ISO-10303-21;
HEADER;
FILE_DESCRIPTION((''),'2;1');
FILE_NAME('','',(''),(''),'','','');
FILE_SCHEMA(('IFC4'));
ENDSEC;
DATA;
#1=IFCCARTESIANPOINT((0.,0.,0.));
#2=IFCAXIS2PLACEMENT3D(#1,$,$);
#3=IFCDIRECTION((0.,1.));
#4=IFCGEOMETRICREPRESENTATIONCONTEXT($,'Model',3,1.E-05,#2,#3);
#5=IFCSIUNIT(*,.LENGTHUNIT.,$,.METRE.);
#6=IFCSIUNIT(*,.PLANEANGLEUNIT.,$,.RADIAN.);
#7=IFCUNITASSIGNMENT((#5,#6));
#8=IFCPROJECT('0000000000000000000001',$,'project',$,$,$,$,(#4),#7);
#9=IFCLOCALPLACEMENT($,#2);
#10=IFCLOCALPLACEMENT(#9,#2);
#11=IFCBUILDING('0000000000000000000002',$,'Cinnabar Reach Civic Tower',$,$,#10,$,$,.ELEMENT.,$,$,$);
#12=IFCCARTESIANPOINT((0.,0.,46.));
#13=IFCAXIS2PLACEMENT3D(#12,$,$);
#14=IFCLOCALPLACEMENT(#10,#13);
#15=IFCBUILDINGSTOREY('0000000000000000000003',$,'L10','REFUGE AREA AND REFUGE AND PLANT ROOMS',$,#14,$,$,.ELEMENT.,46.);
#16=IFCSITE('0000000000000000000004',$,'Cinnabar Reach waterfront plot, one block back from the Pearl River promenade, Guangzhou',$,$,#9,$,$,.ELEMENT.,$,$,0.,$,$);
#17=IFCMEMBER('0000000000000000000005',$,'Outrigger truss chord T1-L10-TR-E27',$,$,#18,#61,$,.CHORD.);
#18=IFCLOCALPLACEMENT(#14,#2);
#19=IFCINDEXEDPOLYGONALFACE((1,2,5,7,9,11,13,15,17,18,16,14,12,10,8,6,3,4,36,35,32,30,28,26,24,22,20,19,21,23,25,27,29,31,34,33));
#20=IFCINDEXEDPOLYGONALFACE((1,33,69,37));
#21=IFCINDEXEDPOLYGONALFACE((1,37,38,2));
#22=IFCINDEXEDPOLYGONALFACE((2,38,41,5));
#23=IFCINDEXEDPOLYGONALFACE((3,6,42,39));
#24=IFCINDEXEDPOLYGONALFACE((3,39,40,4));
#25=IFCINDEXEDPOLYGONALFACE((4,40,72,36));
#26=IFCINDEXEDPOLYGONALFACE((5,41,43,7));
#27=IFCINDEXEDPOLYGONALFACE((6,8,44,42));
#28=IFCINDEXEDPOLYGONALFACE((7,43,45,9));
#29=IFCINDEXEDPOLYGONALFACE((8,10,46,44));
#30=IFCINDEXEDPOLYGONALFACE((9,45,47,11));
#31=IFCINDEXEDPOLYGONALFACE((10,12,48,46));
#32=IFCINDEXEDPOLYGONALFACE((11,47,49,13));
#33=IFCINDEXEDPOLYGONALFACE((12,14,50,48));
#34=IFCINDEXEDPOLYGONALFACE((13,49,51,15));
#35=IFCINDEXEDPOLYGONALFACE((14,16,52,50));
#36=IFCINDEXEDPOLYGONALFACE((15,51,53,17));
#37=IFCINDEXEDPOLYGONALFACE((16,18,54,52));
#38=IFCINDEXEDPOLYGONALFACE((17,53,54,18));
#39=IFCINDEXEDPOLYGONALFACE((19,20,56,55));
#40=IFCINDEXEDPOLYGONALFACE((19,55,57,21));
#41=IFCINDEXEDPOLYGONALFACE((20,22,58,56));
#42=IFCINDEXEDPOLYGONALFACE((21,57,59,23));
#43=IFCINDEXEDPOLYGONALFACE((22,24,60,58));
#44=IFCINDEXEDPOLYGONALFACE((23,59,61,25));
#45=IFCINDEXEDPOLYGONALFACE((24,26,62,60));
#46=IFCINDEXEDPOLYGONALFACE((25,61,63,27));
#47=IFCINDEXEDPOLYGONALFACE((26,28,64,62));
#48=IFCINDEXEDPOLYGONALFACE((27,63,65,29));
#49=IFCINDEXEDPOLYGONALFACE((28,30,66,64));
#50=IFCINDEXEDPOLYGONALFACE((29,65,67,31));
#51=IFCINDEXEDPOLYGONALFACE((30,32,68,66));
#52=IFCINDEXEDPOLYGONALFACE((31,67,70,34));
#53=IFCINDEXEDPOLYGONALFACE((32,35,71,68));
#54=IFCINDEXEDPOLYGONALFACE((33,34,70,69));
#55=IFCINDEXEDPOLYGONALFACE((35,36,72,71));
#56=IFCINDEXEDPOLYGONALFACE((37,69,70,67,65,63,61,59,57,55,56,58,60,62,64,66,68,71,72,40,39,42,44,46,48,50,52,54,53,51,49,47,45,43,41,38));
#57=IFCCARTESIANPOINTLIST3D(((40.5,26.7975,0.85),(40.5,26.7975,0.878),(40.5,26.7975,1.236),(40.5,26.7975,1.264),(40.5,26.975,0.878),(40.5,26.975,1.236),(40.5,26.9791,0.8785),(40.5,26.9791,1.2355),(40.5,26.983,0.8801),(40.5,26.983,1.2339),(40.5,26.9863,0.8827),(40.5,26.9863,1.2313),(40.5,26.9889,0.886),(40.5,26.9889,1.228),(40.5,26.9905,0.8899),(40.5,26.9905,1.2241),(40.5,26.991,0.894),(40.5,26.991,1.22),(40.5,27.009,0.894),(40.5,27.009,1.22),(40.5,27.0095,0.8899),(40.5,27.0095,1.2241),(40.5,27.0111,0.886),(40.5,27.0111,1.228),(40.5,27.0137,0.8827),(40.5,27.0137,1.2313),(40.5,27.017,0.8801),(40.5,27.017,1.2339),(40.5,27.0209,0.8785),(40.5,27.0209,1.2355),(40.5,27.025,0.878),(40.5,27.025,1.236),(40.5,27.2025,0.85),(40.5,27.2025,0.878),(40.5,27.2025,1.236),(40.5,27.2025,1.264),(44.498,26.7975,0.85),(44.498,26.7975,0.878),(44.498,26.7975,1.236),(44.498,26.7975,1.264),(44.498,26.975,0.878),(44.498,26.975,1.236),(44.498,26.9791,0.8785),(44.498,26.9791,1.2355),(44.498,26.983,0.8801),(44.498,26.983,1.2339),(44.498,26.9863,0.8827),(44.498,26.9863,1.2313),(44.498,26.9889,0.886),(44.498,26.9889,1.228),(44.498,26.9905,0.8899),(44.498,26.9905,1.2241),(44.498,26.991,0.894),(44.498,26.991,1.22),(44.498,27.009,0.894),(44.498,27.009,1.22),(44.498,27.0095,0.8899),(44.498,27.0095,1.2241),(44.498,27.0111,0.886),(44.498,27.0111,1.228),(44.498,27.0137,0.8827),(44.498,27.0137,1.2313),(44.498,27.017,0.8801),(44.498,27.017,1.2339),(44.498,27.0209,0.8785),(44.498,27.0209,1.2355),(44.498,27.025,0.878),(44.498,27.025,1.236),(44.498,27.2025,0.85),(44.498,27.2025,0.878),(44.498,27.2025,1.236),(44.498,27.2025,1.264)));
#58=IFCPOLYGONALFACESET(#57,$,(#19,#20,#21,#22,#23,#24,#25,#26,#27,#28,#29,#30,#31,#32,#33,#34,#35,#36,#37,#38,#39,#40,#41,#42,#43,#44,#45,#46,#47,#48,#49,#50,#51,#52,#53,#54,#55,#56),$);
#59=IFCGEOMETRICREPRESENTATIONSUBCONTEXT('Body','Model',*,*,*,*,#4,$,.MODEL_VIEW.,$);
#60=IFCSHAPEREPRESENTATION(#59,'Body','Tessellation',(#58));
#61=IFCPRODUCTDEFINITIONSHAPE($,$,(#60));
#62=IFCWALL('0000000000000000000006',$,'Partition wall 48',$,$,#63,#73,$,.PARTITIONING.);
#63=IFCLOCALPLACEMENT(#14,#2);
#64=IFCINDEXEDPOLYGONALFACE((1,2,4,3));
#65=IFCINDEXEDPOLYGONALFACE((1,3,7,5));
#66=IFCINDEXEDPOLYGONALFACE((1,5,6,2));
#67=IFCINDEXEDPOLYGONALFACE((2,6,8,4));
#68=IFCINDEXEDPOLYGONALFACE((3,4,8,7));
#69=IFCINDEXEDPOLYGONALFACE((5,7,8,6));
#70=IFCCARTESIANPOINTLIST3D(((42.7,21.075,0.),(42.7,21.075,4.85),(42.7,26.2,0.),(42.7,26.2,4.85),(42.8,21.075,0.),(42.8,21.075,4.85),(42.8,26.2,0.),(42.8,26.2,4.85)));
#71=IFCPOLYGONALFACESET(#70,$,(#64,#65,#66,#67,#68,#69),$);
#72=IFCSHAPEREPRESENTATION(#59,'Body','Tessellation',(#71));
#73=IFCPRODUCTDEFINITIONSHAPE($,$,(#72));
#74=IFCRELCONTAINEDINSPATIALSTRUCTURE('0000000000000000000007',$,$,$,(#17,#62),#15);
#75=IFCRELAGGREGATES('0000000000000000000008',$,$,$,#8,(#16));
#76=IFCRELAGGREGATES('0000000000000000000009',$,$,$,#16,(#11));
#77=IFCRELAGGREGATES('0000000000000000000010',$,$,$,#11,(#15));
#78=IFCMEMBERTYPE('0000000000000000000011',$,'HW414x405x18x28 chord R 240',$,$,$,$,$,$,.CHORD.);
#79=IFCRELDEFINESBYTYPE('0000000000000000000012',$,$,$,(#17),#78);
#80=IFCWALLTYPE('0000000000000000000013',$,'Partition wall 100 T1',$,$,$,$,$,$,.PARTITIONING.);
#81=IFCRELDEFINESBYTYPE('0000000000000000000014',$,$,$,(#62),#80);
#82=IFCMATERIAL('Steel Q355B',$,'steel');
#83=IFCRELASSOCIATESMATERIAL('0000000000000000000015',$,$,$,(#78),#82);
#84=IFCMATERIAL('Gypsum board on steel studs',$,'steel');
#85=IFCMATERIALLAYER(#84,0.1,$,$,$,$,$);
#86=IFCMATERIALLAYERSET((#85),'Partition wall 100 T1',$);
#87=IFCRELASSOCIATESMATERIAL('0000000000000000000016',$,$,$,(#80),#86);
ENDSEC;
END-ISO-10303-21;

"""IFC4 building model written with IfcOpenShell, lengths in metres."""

from ifc_helpers import new_model, si_unit, direction, frame, frame_2d, origin, origin_2d, place, context, subcontext, project, spatial, rectangle, i_section, extrude, material, layer, layer_set, material_profile, profile_set, type_object, element, save


model = new_model("IFC4")

# Units and contexts
model_context = context("Model", 3, precision=1e-05, world=origin(), true_north=direction((0.0, 1.0)))
body_context = subcontext(model_context, "Body", "Model", "MODEL_VIEW")
ifc_project = project(units=[si_unit("LENGTHUNIT", "METRE"), si_unit("PLANEANGLEUNIT", "RADIAN")], contexts=[model_context])

# Site, building, storey
site_placement = place(None, origin())
site = spatial("IfcSite", under=ifc_project, at=site_placement, Name="Cinnabar Reach waterfront plot, one block back from the Pearl River promenade, Guangzhou", CompositionType="ELEMENT", RefElevation=0.0)
building_placement = place(site_placement, origin())
building = spatial("IfcBuilding", under=site, at=building_placement, Name="Cinnabar Reach Civic Tower", CompositionType="ELEMENT")
storey_placement = place(building_placement, frame((0.0, 0.0, 46.0)))
storey = spatial("IfcBuildingStorey", under=building, at=storey_placement, Name="L10", Description="REFUGE AREA AND REFUGE AND PLANT ROOMS", CompositionType="ELEMENT", Elevation=46.0)

# Shared definitions
ifc_material_1 = material(Name="Steel Q355B", Category="steel")

# Member
ifc_material_profile_1 = material_profile(ifc_material_1, i_section(OverallWidth=0.405, OverallDepth=0.414, WebThickness=0.018, FlangeThickness=0.028, FilletRadius=0.016, at=origin_2d()), Name="HW414x405x18x28")
ifc_profile_set_1 = profile_set([ifc_material_profile_1], Name="Steel Q355B")
member_type_1 = type_object("IfcMemberType", Name="HW414x405x18x28 chord R 240", PredefinedType="CHORD", material=ifc_profile_set_1)
for number, where, z_axis, x_axis, name in (
    (1, (40.5, 27.0, 1.057), (1.0, 0.0, 0.0), (0.0, 1.0, 0.0), "Outrigger truss chord T1-L10-TR-E27"),
):
    element("IfcMember", number, at=place(storey_placement, frame(where, z_axis=z_axis, x_axis=x_axis)), inside=storey, type_object=member_type_1, Name=name, PredefinedType="CHORD", context=body_context, shape_type="SweptSolid", body=[
        extrude(i_section(OverallWidth=0.405, OverallDepth=0.414, WebThickness=0.018, FlangeThickness=0.028, FilletRadius=0.016, at=origin_2d()), origin(), (0.0, 0.0, 1.0), 3.998),
    ])

# Wall
ifc_material_2 = material(Name="Gypsum board on steel studs", Category="steel")
ifc_layer = layer(ifc_material_2, 0.1)
ifc_layer_set = layer_set([ifc_layer], Name="Partition wall 100 T1")
wall_type = type_object("IfcWallType", Name="Partition wall 100 T1", PredefinedType="PARTITIONING", material=ifc_layer_set)
wall_placement = place(storey_placement, frame((42.75, 21.075, 0.0), z_axis=(0.0, 0.0, 1.0), x_axis=(0.0, 1.0, 0.0)))
element("IfcWall", 2, at=wall_placement, inside=storey, type_object=wall_type, Name="Partition wall 48", PredefinedType="PARTITIONING", context=body_context, shape_type="SweptSolid", body=[
    extrude(rectangle(XDim=5.125, YDim=0.1, at=frame_2d((2.5625, 0.0))), origin(), (0.0, 0.0, 1.0), 4.85),
])

save(model, "model.ifc")
